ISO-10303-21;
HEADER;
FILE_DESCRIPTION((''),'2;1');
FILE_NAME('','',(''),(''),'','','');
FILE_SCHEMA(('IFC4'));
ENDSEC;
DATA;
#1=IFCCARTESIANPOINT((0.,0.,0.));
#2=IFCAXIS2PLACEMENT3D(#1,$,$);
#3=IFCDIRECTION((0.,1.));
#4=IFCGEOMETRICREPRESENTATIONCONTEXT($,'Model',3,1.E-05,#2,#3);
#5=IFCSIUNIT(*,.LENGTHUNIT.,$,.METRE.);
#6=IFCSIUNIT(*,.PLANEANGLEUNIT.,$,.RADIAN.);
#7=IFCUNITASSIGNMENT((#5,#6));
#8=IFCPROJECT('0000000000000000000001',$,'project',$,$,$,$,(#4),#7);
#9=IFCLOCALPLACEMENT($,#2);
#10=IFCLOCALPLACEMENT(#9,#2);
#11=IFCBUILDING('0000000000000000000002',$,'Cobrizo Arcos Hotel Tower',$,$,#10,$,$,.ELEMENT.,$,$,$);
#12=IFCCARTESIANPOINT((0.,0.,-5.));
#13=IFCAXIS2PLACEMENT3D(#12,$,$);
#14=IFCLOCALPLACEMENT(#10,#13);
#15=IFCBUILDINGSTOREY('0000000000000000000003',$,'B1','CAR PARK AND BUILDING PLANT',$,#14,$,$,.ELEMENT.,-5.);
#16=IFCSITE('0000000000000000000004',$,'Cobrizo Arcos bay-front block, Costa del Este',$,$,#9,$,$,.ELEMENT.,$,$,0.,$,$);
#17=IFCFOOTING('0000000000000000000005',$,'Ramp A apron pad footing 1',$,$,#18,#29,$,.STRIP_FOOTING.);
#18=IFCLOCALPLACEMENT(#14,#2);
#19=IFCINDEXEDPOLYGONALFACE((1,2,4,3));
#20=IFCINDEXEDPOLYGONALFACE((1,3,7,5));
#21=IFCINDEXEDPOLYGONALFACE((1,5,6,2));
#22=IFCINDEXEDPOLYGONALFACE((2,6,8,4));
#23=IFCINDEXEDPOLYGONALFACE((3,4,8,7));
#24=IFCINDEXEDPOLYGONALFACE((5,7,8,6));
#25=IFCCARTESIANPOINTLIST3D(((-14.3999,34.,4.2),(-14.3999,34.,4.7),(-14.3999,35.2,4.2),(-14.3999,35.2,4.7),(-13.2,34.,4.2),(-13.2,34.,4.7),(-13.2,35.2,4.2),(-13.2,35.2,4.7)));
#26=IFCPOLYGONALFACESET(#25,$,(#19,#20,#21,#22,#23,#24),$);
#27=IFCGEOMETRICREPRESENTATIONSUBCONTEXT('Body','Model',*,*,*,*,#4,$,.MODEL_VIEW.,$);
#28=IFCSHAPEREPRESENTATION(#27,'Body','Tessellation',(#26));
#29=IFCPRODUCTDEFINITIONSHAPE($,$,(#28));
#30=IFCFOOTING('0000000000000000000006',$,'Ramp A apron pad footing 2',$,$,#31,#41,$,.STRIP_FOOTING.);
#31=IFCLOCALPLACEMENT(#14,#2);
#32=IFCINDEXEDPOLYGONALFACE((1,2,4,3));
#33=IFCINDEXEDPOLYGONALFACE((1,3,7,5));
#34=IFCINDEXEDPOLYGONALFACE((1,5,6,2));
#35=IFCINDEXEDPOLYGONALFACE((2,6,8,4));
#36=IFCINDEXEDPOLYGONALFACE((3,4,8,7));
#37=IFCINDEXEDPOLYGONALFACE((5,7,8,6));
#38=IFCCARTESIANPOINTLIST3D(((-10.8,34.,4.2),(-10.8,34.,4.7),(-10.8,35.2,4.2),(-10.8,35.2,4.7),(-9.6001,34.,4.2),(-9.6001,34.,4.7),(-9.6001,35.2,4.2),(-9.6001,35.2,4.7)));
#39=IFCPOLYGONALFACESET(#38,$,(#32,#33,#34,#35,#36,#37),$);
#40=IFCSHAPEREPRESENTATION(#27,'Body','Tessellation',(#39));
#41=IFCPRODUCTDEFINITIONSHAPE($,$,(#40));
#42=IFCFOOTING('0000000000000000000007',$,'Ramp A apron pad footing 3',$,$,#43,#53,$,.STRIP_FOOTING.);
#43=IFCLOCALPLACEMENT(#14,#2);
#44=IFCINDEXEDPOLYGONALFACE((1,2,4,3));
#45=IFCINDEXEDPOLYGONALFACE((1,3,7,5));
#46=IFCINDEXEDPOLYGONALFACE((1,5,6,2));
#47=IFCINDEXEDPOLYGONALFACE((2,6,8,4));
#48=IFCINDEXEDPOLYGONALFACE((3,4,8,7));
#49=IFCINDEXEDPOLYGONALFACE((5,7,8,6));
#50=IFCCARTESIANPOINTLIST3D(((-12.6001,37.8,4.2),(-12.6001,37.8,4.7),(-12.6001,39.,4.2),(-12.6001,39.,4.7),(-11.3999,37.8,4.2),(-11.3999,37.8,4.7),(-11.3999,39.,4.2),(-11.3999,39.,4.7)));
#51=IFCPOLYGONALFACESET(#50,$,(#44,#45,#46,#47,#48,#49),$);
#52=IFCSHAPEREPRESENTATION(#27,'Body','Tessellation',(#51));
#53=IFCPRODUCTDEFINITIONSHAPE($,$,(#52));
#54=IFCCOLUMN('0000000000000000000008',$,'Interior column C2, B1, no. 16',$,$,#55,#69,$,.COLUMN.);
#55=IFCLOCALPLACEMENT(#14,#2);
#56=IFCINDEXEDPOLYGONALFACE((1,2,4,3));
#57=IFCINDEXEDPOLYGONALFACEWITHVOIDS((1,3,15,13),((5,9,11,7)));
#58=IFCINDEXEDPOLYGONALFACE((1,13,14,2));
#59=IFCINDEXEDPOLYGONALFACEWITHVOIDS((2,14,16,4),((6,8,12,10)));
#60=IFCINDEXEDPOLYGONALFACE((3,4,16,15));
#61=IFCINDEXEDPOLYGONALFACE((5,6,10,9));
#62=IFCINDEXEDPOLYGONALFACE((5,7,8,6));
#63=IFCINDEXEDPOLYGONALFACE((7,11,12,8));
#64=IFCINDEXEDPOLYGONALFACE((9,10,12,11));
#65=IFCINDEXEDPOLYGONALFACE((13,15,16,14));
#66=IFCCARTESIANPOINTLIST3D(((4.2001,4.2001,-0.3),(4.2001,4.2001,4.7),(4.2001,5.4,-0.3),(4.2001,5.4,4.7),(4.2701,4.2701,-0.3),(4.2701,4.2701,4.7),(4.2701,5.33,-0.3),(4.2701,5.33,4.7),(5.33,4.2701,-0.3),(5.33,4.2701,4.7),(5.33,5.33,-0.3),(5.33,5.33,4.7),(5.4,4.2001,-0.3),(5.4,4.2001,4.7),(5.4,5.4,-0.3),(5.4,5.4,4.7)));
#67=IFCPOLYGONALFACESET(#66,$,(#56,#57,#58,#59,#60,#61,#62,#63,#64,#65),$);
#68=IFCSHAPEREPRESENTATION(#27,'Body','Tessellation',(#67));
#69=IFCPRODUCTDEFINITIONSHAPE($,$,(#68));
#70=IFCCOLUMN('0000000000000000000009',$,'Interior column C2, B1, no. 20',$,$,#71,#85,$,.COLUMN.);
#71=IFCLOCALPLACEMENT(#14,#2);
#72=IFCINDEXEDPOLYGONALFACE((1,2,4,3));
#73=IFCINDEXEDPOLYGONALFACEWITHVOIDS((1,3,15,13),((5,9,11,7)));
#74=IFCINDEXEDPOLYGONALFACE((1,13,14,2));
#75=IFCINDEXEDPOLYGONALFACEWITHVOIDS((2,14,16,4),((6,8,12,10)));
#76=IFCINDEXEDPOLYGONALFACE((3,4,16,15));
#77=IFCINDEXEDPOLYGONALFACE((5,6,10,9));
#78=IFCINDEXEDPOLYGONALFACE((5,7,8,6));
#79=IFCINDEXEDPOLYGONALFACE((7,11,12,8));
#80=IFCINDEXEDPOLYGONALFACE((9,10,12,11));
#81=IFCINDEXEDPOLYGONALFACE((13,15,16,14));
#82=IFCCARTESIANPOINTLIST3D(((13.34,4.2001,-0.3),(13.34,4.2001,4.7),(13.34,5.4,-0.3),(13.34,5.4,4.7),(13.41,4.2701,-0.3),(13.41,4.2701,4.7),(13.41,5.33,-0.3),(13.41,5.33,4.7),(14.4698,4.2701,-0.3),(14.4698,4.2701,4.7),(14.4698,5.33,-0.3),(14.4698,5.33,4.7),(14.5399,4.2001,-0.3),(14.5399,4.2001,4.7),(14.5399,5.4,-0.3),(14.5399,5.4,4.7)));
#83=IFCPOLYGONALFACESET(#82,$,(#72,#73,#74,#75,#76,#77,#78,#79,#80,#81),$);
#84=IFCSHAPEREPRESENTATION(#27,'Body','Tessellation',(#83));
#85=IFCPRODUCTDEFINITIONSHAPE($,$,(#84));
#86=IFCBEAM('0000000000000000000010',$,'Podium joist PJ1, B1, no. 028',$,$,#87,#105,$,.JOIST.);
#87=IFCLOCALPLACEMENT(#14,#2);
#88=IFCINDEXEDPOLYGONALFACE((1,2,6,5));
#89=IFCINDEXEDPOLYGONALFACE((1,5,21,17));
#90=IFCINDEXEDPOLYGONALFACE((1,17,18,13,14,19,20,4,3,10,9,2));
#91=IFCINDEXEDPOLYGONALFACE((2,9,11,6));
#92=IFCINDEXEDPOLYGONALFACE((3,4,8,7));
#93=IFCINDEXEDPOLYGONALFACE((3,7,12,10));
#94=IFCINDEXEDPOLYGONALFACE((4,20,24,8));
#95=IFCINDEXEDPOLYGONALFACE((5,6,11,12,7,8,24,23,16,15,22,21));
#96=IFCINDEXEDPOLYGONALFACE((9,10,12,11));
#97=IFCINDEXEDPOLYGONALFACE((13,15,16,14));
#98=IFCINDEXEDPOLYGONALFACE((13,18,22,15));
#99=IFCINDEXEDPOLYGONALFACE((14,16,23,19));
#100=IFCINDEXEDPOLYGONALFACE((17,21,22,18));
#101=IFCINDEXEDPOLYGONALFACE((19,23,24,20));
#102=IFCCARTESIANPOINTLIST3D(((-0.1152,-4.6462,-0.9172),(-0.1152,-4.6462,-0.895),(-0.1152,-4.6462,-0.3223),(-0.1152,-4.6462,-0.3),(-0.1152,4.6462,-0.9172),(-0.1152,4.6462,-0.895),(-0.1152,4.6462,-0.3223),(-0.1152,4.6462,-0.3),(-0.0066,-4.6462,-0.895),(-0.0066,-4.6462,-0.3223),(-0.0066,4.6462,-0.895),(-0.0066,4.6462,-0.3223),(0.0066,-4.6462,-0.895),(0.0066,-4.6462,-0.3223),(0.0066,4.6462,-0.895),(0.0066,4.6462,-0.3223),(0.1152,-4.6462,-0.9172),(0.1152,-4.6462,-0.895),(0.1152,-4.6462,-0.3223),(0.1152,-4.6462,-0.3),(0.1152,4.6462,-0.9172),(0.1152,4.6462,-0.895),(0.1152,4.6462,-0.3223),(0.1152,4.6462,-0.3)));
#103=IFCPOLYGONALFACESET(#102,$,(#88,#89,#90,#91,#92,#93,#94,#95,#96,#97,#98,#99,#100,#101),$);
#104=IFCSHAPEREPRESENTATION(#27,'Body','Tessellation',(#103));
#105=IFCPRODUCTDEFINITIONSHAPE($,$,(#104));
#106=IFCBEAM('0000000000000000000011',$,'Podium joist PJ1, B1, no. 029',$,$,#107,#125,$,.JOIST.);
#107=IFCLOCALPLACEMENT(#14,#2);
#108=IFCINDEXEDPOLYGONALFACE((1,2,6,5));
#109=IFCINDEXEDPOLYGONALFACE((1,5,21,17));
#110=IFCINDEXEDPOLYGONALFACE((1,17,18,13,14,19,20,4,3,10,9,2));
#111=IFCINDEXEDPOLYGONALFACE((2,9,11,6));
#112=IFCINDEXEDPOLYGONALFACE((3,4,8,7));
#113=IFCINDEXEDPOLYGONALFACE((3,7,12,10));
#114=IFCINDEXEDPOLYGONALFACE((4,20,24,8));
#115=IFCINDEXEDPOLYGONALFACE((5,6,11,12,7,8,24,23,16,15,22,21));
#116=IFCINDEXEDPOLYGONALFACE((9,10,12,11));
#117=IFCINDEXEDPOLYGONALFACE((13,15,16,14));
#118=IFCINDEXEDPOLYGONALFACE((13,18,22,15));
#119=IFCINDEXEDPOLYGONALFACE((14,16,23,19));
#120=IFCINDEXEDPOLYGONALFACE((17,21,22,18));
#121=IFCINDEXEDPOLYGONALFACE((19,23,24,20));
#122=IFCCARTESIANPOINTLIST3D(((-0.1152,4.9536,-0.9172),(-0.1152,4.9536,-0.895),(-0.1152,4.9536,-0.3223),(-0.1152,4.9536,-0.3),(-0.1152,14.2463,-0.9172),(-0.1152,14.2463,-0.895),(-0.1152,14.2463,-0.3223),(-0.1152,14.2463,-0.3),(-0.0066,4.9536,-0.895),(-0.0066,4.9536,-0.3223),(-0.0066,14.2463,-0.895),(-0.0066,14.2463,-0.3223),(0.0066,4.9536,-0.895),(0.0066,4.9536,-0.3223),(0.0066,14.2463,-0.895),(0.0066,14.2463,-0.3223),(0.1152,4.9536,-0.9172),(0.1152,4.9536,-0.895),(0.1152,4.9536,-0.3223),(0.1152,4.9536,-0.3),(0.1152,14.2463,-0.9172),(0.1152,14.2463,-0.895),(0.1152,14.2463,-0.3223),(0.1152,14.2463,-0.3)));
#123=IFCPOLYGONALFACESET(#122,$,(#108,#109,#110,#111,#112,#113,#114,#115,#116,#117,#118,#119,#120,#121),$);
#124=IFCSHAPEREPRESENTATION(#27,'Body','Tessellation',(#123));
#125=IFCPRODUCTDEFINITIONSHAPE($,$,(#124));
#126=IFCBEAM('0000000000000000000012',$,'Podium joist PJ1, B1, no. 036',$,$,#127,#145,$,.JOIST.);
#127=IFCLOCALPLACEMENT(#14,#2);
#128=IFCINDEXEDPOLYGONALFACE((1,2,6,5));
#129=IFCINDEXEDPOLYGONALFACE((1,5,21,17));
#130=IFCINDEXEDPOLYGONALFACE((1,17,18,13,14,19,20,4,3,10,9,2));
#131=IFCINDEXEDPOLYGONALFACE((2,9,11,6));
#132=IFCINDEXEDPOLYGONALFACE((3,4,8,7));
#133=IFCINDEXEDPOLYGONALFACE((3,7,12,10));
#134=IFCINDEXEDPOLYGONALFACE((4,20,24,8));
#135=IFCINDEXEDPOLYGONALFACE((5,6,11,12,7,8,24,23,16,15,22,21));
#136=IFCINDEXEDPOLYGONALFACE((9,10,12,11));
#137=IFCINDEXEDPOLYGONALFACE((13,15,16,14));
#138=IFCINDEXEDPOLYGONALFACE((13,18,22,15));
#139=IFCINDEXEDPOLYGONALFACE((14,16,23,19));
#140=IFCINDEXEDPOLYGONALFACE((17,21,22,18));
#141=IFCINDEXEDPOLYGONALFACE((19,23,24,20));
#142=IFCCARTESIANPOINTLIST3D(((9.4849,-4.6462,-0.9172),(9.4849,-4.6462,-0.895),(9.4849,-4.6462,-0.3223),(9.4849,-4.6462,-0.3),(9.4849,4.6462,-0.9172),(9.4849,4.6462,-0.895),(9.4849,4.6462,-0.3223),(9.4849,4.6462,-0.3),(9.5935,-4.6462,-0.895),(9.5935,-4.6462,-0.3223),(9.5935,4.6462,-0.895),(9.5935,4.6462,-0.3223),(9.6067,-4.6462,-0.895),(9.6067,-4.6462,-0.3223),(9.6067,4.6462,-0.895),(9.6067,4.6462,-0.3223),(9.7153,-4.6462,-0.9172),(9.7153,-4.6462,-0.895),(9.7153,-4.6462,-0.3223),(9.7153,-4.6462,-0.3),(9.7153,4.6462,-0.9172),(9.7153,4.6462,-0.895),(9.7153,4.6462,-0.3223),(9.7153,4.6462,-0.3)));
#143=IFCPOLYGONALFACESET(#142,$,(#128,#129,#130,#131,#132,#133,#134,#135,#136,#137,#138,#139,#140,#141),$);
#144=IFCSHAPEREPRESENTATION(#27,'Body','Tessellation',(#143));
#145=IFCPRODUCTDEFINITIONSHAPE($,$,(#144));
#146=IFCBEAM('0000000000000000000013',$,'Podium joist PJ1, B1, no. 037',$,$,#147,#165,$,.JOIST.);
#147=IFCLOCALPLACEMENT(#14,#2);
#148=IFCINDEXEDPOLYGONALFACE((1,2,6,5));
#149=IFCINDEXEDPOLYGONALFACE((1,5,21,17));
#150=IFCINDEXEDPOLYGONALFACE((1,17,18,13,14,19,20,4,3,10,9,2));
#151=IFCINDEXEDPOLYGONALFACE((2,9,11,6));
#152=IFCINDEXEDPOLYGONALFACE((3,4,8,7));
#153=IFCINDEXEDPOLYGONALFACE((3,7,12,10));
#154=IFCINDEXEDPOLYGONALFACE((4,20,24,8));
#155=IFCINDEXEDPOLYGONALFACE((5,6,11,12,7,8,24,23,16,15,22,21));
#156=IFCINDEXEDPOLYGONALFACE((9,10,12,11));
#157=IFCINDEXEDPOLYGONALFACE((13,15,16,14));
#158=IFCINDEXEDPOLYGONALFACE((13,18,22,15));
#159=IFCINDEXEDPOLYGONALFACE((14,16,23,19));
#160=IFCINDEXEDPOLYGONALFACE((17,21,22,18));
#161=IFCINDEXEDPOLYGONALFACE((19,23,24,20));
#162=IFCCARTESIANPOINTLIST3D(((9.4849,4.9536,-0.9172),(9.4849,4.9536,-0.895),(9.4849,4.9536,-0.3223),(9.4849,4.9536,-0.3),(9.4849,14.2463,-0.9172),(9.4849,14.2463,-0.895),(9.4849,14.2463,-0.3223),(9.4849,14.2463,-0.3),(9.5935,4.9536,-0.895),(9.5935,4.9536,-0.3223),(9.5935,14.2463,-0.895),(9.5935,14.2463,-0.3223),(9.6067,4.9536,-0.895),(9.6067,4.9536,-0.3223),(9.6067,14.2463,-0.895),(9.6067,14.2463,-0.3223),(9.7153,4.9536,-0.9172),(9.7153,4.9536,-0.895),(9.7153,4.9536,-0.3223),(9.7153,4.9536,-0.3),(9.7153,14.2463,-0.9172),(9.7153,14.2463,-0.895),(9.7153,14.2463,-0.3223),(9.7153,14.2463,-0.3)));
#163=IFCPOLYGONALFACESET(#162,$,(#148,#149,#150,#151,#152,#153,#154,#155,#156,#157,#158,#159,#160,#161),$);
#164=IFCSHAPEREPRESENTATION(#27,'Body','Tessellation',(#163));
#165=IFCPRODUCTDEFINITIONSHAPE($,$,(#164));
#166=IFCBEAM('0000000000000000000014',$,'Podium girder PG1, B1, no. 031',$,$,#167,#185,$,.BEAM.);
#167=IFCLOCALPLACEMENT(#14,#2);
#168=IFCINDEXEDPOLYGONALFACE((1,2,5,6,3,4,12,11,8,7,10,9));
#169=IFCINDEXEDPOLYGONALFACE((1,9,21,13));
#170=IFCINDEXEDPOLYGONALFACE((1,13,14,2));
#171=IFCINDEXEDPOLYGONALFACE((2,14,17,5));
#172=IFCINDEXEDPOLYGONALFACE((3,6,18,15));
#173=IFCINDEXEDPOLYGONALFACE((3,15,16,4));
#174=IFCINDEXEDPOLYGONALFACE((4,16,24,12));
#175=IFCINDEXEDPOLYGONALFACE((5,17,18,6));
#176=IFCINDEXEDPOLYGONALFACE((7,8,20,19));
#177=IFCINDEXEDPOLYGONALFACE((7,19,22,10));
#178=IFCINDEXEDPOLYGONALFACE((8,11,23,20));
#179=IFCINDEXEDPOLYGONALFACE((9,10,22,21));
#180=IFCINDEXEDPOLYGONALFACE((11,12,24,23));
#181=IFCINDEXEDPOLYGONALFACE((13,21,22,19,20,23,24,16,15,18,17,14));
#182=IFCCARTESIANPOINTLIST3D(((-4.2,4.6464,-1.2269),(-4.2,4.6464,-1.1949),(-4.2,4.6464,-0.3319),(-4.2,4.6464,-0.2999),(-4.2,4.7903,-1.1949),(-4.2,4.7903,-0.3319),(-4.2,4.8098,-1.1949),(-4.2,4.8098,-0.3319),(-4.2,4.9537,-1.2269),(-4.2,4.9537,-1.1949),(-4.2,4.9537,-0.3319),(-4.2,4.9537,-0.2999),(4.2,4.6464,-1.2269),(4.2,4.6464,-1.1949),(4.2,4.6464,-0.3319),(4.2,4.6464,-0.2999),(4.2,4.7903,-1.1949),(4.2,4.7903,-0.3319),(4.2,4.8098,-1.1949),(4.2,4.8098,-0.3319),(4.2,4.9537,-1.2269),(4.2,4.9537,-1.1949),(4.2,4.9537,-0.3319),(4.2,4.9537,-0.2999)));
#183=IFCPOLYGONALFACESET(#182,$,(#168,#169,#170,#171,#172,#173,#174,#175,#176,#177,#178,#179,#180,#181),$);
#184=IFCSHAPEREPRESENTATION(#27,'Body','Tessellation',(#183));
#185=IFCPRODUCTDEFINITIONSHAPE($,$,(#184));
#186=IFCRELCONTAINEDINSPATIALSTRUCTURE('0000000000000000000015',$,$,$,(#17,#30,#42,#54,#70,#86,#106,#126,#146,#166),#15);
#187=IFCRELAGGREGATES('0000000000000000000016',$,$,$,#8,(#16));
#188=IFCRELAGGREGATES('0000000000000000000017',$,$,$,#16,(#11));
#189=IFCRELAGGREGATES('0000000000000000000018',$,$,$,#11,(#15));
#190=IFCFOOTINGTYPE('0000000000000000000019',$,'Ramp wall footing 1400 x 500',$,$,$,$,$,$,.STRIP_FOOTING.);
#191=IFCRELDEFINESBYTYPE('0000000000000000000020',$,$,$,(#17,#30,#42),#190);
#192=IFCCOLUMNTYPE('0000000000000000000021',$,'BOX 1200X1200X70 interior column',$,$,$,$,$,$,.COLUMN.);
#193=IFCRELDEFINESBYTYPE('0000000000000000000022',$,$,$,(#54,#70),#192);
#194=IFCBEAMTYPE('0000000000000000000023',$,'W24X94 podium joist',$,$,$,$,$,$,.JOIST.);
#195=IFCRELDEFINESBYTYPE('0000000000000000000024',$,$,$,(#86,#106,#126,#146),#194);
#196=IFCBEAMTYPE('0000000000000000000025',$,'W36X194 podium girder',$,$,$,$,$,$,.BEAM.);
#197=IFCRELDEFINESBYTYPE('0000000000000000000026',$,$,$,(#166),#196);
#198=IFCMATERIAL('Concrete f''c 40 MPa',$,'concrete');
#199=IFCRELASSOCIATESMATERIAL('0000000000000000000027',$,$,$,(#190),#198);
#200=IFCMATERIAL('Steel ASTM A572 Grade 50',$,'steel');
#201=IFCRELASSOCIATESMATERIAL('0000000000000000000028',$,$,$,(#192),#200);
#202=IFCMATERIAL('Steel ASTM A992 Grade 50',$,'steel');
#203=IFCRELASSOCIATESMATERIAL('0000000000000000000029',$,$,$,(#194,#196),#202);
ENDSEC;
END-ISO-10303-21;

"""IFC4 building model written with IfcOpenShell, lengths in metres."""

from ifc_helpers import new_model, si_unit, direction, frame, origin, origin_2d, place, context, subcontext, project, spatial, polyline, hollow_rectangle, i_section, outline, extrude, material, material_profile, profile_set, type_object, element, save


model = new_model("IFC4")

# Units and contexts
model_context = context("Model", 3, precision=1e-05, world=origin(), true_north=direction((0.0, 1.0)))
body_context = subcontext(model_context, "Body", "Model", "MODEL_VIEW")
ifc_project = project(units=[si_unit("LENGTHUNIT", "METRE"), si_unit("PLANEANGLEUNIT", "RADIAN")], contexts=[model_context])

# Site, building, storey
site_placement = place(None, origin())
site = spatial("IfcSite", under=ifc_project, at=site_placement, Name="Cobrizo Arcos bay-front block, Costa del Este", CompositionType="ELEMENT", RefElevation=0.0)
building_placement = place(site_placement, origin())
building = spatial("IfcBuilding", under=site, at=building_placement, Name="Cobrizo Arcos Hotel Tower", CompositionType="ELEMENT")
storey_placement = place(building_placement, frame((0.0, 0.0, -5.0)))
storey = spatial("IfcBuildingStorey", under=building, at=storey_placement, Name="B1", Description="CAR PARK AND BUILDING PLANT", CompositionType="ELEMENT", Elevation=-5.0)

# Footings
ifc_material_1 = material(Name="Concrete f'c 40 MPa", Category="concrete")
footing_type = type_object("IfcFootingType", Name="Ramp wall footing 1400 x 500", PredefinedType="STRIP_FOOTING", material=ifc_material_1)
footing_1_placement = place(storey_placement, frame((0.0, 0.0, 4.2)))
element("IfcFooting", 1, at=footing_1_placement, inside=storey, type_object=footing_type, Name="Ramp A apron pad footing 1", PredefinedType="STRIP_FOOTING", context=body_context, shape_type="SweptSolid", body=[
    extrude(outline(polyline([(-14.3999, 34.0), (-13.2, 34.0), (-13.2, 35.2), (-14.3999, 35.2), (-14.3999, 34.0)])), origin(), (0.0, 0.0, 1.0), 0.5),
])
footing_2_placement = place(storey_placement, frame((0.0, 0.0, 4.2)))
element("IfcFooting", 2, at=footing_2_placement, inside=storey, type_object=footing_type, Name="Ramp A apron pad footing 2", PredefinedType="STRIP_FOOTING", context=body_context, shape_type="SweptSolid", body=[
    extrude(outline(polyline([(-10.8, 34.0), (-9.6001, 34.0), (-9.6001, 35.2), (-10.8, 35.2), (-10.8, 34.0)])), origin(), (0.0, 0.0, 1.0), 0.5),
])
footing_3_placement = place(storey_placement, frame((0.0, 0.0, 4.2)))
element("IfcFooting", 3, at=footing_3_placement, inside=storey, type_object=footing_type, Name="Ramp A apron pad footing 3", PredefinedType="STRIP_FOOTING", context=body_context, shape_type="SweptSolid", body=[
    extrude(outline(polyline([(-12.6001, 37.8), (-11.3999, 37.8), (-11.3999, 39.0), (-12.6001, 39.0), (-12.6001, 37.8)])), origin(), (0.0, 0.0, 1.0), 0.5),
])

# Columns
ifc_material_2 = material(Name="Steel ASTM A572 Grade 50", Category="steel")
ifc_material_profile_1 = material_profile(ifc_material_2, hollow_rectangle(XDim=1.2, YDim=1.2, WallThickness=0.0701, at=origin_2d()), Name="BOX 1200X1200X70")
ifc_profile_set_1 = profile_set([ifc_material_profile_1], Name="Steel ASTM A572 Grade 50")
column_type = type_object("IfcColumnType", Name="BOX 1200X1200X70 interior column", PredefinedType="COLUMN", material=ifc_profile_set_1)
for number, where, z_axis, x_axis, name in (
    (4, (4.8, 4.8, -0.3), (0.0, 0.0, 1.0), (1.0, 0.0, 0.0), "Interior column C2, B1, no. 16"),
    (5, (13.9399, 4.8, -0.3), (0.0, 0.0, 1.0), (1.0, 0.0, 0.0), "Interior column C2, B1, no. 20"),
):
    element("IfcColumn", number, at=place(storey_placement, frame(where, z_axis=z_axis, x_axis=x_axis)), inside=storey, type_object=column_type, Name=name, PredefinedType="COLUMN", context=body_context, shape_type="SweptSolid", body=[
        extrude(hollow_rectangle(XDim=1.2, YDim=1.2, WallThickness=0.0701, at=origin_2d()), origin(), (0.0, 0.0, 1.0), 5.0),
    ])

# Beams
ifc_material_3 = material(Name="Steel ASTM A992 Grade 50", Category="steel")
ifc_material_profile_2 = material_profile(ifc_material_3, i_section(OverallWidth=0.2305, OverallDepth=0.6172, WebThickness=0.0132, FlangeThickness=0.0222, at=origin_2d()), Name="W24X94")
ifc_profile_set_2 = profile_set([ifc_material_profile_2], Name="Steel ASTM A992 Grade 50")
beam_type_1 = type_object("IfcBeamType", Name="W24X94 podium joist", PredefinedType="JOIST", material=ifc_profile_set_2)
beam_1_placement = place(storey_placement, frame((0.0, -4.6462, -0.6086), z_axis=(0.0, 1.0, 0.0), x_axis=(-1.0, 0.0, 0.0)))
element("IfcBeam", 6, at=beam_1_placement, inside=storey, type_object=beam_type_1, Name="Podium joist PJ1, B1, no. 028", PredefinedType="JOIST", context=body_context, shape_type="SweptSolid", body=[
    extrude(i_section(OverallWidth=0.2305, OverallDepth=0.6172, WebThickness=0.0132, FlangeThickness=0.0222, at=origin_2d()), origin(), (0.0, 0.0, 1.0), 9.2925),
])
beam_2_placement = place(storey_placement, frame((0.0, 4.9536, -0.6086), z_axis=(0.0, 1.0, 0.0), x_axis=(-1.0, 0.0, 0.0)))
element("IfcBeam", 7, at=beam_2_placement, inside=storey, type_object=beam_type_1, Name="Podium joist PJ1, B1, no. 029", PredefinedType="JOIST", context=body_context, shape_type="SweptSolid", body=[
    extrude(i_section(OverallWidth=0.2305, OverallDepth=0.6172, WebThickness=0.0132, FlangeThickness=0.0222, at=origin_2d()), origin(), (0.0, 0.0, 1.0), 9.2927),
])
beam_3_placement = place(storey_placement, frame((9.6001, -4.6462, -0.6086), z_axis=(0.0, 1.0, 0.0), x_axis=(-1.0, 0.0, 0.0)))
element("IfcBeam", 8, at=beam_3_placement, inside=storey, type_object=beam_type_1, Name="Podium joist PJ1, B1, no. 036", PredefinedType="JOIST", context=body_context, shape_type="SweptSolid", body=[
    extrude(i_section(OverallWidth=0.2305, OverallDepth=0.6172, WebThickness=0.0132, FlangeThickness=0.0222, at=origin_2d()), origin(), (0.0, 0.0, 1.0), 9.2925),
])
beam_4_placement = place(storey_placement, frame((9.6001, 4.9536, -0.6086), z_axis=(0.0, 1.0, 0.0), x_axis=(-1.0, 0.0, 0.0)))
element("IfcBeam", 9, at=beam_4_placement, inside=storey, type_object=beam_type_1, Name="Podium joist PJ1, B1, no. 037", PredefinedType="JOIST", context=body_context, shape_type="SweptSolid", body=[
    extrude(i_section(OverallWidth=0.2305, OverallDepth=0.6172, WebThickness=0.0132, FlangeThickness=0.0222, at=origin_2d()), origin(), (0.0, 0.0, 1.0), 9.2927),
])
ifc_material_profile_3 = material_profile(ifc_material_3, i_section(OverallWidth=0.3074, OverallDepth=0.927, WebThickness=0.0195, FlangeThickness=0.032, at=origin_2d()), Name="W36X194")
ifc_profile_set_3 = profile_set([ifc_material_profile_3], Name="Steel ASTM A992 Grade 50")
beam_type_2 = type_object("IfcBeamType", Name="W36X194 podium girder", PredefinedType="BEAM", material=ifc_profile_set_3)
beam_5_placement = place(storey_placement, frame((-4.2, 4.8, -0.7634), z_axis=(1.0, 0.0, 0.0), x_axis=(0.0, 1.0, 0.0)))
element("IfcBeam", 10, at=beam_5_placement, inside=storey, type_object=beam_type_2, Name="Podium girder PG1, B1, no. 031", PredefinedType="BEAM", context=body_context, shape_type="SweptSolid", body=[
    extrude(i_section(OverallWidth=0.3074, OverallDepth=0.927, WebThickness=0.0195, FlangeThickness=0.032, at=origin_2d()), origin(), (0.0, 0.0, 1.0), 8.3999),
])

save(model, "model.ifc")
